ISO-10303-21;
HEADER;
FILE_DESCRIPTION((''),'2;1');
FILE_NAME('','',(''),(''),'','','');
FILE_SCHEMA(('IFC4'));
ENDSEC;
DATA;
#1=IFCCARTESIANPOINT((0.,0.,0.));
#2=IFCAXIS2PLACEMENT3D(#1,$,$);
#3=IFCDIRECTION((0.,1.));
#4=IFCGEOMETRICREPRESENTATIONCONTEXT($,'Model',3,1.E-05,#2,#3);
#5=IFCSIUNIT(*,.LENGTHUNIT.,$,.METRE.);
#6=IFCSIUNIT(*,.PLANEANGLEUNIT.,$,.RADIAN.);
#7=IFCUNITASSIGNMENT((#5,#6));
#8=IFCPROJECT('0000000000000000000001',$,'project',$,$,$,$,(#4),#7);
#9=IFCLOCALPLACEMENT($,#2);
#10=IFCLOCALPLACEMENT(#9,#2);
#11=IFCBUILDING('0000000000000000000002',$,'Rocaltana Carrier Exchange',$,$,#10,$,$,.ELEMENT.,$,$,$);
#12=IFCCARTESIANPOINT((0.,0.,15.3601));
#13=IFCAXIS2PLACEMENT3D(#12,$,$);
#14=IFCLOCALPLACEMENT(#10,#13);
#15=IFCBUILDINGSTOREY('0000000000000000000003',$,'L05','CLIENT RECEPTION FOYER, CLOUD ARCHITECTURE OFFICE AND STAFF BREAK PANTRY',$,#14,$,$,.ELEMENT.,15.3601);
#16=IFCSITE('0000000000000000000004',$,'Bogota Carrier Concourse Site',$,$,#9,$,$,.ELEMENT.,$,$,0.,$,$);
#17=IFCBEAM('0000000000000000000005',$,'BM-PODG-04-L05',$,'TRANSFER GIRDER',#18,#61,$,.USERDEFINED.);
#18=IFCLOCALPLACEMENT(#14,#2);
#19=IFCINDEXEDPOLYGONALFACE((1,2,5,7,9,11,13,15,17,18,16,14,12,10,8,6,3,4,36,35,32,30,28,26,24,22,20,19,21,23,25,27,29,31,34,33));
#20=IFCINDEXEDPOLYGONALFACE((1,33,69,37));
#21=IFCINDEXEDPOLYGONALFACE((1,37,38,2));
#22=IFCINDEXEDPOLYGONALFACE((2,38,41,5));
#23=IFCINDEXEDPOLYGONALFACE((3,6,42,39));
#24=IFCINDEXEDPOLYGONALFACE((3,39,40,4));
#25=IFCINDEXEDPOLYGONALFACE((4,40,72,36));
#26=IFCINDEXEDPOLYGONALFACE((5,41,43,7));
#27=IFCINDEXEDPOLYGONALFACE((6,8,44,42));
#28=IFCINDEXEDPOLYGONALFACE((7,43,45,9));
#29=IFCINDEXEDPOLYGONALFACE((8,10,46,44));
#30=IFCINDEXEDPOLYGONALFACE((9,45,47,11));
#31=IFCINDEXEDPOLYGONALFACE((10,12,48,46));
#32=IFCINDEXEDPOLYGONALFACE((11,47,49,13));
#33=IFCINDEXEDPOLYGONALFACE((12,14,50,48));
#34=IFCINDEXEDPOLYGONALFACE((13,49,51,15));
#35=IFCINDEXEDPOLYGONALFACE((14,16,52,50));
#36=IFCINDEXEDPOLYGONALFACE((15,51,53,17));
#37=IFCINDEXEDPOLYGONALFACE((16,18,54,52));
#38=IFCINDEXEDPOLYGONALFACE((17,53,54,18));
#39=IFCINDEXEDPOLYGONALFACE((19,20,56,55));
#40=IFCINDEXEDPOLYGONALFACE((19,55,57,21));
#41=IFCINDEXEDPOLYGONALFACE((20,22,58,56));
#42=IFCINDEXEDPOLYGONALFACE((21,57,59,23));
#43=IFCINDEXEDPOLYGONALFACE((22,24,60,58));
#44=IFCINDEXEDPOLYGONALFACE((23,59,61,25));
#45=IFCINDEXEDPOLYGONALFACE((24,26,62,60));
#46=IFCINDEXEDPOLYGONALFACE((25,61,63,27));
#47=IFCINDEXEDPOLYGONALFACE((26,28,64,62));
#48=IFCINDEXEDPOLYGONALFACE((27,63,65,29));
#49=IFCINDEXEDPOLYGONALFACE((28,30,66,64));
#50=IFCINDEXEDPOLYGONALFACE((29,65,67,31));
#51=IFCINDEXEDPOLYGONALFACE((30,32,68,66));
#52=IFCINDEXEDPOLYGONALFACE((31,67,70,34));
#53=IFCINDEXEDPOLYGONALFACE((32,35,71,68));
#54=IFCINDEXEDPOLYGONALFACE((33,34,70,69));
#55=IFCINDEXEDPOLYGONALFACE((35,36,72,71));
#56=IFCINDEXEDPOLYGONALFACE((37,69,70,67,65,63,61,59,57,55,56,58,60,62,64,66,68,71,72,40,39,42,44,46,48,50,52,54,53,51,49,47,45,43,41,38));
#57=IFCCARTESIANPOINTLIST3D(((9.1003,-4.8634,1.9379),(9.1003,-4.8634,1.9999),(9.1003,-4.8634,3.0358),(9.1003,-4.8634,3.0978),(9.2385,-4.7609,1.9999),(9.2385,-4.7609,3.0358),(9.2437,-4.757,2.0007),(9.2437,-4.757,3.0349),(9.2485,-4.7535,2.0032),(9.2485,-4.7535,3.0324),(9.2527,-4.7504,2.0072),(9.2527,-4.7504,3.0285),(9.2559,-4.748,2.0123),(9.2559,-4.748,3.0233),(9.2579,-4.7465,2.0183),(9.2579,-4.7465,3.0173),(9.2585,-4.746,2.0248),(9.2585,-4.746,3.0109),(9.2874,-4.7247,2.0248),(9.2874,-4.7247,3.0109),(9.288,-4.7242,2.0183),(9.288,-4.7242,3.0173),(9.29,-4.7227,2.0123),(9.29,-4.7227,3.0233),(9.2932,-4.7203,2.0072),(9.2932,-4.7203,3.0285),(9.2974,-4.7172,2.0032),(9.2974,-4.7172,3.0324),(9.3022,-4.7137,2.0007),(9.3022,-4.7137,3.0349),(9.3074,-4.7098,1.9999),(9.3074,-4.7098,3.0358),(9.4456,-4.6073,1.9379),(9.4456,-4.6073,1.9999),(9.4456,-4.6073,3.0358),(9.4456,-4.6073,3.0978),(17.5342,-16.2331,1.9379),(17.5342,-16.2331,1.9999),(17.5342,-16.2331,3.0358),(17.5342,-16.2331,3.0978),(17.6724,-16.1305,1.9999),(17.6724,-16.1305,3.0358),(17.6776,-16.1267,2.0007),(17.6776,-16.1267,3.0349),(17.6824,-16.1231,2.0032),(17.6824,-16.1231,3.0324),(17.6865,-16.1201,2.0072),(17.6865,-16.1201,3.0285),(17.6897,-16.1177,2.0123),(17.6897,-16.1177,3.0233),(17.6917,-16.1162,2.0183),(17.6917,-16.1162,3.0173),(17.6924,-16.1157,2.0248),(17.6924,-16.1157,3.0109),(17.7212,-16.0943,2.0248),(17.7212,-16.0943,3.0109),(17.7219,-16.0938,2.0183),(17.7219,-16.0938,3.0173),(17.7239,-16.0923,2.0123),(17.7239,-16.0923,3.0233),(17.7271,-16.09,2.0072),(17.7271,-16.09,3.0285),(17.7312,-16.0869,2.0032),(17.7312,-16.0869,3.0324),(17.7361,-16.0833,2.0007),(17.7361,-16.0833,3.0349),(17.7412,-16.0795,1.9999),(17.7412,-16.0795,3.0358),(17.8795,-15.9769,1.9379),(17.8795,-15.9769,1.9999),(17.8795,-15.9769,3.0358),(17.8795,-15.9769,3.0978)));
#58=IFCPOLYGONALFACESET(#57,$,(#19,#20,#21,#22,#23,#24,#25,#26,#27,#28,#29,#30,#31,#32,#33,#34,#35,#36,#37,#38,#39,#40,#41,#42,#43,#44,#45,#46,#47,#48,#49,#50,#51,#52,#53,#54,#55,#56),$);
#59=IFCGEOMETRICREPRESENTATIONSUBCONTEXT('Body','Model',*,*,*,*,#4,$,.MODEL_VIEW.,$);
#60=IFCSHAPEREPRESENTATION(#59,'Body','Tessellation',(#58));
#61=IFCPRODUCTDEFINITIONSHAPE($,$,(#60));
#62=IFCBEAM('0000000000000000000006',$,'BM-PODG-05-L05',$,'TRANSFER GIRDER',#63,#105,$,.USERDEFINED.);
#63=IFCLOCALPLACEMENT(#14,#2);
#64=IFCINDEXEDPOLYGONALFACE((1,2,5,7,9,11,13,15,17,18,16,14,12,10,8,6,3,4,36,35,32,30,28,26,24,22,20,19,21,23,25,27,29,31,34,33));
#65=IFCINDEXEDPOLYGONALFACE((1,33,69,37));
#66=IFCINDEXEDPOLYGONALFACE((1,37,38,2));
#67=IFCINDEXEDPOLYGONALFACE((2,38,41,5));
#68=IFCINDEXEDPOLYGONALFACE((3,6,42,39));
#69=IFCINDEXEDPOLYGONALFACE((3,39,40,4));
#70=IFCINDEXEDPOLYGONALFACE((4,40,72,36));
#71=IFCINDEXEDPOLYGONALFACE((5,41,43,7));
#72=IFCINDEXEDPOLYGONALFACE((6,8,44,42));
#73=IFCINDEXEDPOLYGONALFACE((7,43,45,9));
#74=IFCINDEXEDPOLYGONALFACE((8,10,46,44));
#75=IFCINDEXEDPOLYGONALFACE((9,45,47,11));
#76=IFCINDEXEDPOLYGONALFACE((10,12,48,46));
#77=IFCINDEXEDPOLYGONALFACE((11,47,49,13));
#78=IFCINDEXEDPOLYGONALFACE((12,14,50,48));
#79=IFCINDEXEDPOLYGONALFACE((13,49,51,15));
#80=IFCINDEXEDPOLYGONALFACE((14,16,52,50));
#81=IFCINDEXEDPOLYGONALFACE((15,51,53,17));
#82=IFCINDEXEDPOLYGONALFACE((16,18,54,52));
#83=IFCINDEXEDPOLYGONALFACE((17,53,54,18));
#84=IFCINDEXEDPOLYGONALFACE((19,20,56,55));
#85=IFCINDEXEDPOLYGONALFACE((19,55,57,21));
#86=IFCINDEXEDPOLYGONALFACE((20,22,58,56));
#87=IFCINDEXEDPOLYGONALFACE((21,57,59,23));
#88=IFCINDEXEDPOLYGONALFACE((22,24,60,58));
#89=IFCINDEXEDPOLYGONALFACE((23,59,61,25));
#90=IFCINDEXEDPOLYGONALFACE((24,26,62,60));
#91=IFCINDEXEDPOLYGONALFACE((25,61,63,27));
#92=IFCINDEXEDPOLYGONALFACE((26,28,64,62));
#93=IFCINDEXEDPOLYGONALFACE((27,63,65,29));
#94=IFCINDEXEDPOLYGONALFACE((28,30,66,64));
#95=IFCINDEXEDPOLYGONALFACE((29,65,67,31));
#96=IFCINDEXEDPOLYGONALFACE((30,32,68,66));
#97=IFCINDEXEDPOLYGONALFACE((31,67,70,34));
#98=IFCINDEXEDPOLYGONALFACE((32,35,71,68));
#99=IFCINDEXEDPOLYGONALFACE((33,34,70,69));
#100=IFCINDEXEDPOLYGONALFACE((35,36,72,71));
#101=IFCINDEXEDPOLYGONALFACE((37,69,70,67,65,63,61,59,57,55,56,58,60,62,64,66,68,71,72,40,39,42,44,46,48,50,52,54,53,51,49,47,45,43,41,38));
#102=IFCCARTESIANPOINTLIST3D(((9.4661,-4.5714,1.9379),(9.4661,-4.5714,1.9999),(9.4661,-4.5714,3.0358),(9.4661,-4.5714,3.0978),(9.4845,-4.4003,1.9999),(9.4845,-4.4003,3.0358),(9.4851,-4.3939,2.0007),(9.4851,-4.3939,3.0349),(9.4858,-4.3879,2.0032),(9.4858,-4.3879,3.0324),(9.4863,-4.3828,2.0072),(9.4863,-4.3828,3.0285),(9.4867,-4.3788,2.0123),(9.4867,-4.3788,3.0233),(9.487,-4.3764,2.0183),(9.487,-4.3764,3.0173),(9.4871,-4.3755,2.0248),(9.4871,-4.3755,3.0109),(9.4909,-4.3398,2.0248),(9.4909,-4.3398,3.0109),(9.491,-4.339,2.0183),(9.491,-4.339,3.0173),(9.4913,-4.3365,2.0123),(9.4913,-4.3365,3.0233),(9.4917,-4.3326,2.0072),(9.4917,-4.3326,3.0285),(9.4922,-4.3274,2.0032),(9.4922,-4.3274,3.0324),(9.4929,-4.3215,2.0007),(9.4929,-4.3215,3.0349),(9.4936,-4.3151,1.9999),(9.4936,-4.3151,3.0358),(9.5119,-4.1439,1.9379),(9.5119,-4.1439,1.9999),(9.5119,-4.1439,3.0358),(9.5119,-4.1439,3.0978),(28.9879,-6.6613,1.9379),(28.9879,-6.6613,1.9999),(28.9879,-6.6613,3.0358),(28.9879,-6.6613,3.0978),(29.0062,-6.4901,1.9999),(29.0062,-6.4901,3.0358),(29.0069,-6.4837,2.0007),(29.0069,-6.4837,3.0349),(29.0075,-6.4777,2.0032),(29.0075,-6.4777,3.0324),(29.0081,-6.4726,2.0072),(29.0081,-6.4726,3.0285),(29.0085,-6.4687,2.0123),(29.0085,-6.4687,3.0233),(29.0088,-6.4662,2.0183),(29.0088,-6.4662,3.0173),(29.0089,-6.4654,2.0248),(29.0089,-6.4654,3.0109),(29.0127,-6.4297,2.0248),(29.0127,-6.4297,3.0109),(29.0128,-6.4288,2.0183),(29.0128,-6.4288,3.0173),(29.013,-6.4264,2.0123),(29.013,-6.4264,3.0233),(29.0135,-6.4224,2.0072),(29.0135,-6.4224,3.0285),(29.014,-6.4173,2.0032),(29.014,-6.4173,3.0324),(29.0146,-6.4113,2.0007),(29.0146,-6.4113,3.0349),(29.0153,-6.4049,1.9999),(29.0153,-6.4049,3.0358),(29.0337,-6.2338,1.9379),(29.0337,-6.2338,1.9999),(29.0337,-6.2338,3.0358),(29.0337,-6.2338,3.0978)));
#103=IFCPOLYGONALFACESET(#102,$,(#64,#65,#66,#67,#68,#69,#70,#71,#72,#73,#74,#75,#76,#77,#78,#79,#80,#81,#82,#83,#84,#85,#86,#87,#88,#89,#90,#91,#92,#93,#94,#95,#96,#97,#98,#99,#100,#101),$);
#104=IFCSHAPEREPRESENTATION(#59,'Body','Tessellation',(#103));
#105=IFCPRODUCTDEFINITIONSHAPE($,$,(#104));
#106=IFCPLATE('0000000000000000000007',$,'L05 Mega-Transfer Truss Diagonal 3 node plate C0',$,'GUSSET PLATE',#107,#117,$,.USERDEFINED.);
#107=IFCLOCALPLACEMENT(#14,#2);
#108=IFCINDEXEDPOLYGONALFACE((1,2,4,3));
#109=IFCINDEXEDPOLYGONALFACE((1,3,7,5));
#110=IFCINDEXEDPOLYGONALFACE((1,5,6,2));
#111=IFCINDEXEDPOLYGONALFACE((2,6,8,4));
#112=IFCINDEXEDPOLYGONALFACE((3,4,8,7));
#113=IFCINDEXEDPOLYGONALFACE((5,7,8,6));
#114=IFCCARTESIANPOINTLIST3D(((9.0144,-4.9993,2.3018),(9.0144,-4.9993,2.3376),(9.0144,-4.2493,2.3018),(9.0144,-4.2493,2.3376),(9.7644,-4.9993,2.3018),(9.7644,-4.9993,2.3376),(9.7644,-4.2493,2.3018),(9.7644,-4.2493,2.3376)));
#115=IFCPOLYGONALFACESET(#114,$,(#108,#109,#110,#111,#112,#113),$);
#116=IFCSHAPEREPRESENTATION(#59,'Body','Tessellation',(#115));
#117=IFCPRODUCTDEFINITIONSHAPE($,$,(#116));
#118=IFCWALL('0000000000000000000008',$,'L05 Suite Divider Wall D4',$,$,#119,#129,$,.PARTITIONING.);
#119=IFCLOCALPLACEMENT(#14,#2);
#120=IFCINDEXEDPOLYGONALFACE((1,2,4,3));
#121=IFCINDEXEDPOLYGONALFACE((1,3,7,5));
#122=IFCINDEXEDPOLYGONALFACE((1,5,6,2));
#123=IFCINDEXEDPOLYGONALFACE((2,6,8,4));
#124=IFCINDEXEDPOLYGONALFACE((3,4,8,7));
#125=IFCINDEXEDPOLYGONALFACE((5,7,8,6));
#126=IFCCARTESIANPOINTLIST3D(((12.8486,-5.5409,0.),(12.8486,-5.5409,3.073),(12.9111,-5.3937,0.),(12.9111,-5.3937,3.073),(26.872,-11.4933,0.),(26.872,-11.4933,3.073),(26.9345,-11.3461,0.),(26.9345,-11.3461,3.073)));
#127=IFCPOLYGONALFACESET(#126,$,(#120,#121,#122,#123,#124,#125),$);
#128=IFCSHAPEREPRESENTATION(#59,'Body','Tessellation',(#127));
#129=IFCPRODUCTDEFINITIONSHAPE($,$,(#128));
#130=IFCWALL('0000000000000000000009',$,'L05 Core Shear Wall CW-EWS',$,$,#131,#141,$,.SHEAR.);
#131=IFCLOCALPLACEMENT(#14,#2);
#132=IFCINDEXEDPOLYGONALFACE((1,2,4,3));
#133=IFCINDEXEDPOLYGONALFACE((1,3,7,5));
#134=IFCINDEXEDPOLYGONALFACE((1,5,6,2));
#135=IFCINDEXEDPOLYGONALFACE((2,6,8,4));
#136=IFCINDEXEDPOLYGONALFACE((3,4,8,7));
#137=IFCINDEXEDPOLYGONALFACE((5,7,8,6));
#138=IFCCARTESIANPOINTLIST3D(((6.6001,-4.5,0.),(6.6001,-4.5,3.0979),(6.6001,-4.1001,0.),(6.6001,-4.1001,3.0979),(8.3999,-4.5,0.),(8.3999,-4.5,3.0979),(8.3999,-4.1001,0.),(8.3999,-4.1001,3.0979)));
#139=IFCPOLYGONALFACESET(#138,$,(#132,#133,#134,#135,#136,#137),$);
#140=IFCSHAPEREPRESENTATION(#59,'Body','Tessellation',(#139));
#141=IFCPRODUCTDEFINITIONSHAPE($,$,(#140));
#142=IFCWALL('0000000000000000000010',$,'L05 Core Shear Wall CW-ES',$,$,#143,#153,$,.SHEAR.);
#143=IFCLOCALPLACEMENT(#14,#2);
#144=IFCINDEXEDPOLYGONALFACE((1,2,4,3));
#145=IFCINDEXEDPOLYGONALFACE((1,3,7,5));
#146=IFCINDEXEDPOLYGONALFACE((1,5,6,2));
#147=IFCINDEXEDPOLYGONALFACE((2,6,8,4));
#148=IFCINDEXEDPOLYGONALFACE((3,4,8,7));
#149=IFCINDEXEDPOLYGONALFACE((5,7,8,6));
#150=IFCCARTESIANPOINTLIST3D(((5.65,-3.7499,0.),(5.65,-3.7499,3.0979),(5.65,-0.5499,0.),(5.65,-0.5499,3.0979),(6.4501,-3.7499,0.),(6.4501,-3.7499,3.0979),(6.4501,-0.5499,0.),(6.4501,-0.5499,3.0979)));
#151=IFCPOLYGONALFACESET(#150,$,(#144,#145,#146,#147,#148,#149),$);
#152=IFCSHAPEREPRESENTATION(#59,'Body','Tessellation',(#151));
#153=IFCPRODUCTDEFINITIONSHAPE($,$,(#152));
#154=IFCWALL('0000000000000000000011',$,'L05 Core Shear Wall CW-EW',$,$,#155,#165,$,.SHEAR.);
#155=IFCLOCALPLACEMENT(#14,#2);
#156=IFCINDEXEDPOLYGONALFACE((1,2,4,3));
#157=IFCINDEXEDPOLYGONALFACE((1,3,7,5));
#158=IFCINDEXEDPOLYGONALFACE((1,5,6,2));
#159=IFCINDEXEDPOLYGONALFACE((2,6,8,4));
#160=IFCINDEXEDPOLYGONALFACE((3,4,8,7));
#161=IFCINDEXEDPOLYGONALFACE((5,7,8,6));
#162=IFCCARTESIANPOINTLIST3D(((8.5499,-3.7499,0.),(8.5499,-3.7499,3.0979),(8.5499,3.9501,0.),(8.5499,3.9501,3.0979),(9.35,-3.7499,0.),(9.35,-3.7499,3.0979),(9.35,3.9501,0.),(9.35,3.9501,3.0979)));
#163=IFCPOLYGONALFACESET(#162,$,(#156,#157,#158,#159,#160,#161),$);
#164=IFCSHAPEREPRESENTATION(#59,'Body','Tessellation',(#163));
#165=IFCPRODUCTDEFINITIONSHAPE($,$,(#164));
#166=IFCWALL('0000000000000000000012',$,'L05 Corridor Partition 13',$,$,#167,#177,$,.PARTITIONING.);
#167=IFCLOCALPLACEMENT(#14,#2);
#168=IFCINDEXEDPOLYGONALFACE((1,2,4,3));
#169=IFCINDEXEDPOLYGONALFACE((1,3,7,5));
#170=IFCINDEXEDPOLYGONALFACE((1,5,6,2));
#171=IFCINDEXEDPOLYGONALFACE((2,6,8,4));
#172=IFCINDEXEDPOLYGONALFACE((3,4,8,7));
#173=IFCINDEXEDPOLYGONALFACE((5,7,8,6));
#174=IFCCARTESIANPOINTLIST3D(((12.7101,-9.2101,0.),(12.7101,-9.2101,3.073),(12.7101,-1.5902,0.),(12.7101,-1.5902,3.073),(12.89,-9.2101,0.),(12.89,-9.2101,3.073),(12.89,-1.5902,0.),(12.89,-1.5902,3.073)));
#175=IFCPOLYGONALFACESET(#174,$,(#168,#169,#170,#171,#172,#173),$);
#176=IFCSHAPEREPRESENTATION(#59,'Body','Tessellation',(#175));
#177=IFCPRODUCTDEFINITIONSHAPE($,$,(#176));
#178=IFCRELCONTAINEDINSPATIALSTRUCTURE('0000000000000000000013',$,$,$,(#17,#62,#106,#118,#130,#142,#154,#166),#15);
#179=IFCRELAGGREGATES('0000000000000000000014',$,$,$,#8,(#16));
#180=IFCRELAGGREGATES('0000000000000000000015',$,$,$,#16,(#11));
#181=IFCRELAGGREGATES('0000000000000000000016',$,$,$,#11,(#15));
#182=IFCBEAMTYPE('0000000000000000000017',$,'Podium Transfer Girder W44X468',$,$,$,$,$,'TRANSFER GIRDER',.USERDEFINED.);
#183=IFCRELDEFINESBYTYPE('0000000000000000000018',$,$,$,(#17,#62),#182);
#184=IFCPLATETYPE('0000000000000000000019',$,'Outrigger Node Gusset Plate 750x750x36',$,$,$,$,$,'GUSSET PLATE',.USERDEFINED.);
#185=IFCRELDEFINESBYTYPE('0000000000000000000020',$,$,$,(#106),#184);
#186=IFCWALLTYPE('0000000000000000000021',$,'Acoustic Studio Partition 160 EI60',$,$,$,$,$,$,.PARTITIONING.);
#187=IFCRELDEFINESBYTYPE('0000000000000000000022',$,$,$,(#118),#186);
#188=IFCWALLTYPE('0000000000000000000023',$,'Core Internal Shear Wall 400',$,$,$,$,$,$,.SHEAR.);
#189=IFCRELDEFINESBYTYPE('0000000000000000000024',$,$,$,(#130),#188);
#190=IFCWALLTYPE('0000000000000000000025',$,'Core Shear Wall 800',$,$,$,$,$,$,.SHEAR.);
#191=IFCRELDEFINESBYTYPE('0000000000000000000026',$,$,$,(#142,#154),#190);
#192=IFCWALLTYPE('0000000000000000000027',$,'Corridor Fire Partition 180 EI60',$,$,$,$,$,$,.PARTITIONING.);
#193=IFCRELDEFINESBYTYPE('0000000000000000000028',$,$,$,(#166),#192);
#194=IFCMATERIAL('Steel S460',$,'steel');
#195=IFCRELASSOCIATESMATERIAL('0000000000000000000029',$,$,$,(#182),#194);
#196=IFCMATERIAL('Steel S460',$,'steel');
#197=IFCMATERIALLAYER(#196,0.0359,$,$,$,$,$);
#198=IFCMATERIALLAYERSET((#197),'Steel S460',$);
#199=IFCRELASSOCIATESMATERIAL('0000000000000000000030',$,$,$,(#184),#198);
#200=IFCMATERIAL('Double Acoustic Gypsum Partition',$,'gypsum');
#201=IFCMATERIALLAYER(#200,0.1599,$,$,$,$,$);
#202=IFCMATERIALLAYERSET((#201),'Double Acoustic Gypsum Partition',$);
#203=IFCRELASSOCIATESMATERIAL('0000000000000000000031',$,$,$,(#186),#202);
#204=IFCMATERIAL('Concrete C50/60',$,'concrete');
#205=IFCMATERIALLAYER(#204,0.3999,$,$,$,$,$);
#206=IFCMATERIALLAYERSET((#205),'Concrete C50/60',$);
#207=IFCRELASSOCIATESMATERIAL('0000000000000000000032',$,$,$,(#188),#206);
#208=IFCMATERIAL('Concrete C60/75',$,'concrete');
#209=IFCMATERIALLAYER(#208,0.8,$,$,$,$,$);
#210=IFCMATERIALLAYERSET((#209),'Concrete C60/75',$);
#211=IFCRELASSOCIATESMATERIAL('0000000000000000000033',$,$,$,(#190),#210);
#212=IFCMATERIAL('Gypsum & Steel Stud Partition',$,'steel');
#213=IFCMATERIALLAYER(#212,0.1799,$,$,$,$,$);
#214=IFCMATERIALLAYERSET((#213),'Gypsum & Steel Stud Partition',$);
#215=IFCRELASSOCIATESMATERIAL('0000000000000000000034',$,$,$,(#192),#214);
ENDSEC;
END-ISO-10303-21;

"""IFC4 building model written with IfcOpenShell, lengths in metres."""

from ifc_helpers import new_model, si_unit, direction, frame, frame_2d, origin, origin_2d, place, context, subcontext, project, spatial, rectangle, i_section, extrude, material, layer, layer_set, material_profile, profile_set, type_object, element, save


model = new_model("IFC4")

# Units and contexts
model_context = context("Model", 3, precision=1e-05, world=origin(), true_north=direction((0.0, 1.0)))
body_context = subcontext(model_context, "Body", "Model", "MODEL_VIEW")
ifc_project = project(units=[si_unit("LENGTHUNIT", "METRE"), si_unit("PLANEANGLEUNIT", "RADIAN")], contexts=[model_context])

# Site, building, storey
site_placement = place(None, origin())
site = spatial("IfcSite", under=ifc_project, at=site_placement, Name="Bogota Carrier Concourse Site", CompositionType="ELEMENT", RefElevation=0.0)
building_placement = place(site_placement, origin())
building = spatial("IfcBuilding", under=site, at=building_placement, Name="Rocaltana Carrier Exchange", CompositionType="ELEMENT")
storey_placement = place(building_placement, frame((0.0, 0.0, 15.3601)))
storey = spatial("IfcBuildingStorey", under=building, at=storey_placement, Name="L05", Description="CLIENT RECEPTION FOYER, CLOUD ARCHITECTURE OFFICE AND STAFF BREAK PANTRY", CompositionType="ELEMENT", Elevation=15.3601)

# Beams
ifc_material_1 = material(Name="Steel S460", Category="steel")
ifc_material_profile_1 = material_profile(ifc_material_1, i_section(OverallWidth=0.4299, OverallDepth=1.1599, WebThickness=0.0359, FlangeThickness=0.062, FilletRadius=0.0249, at=origin_2d()), Name="W44X468")
ifc_profile_set_1 = profile_set([ifc_material_profile_1], Name="Steel S460")
beam_type_1 = type_object("IfcBeamType", Name="Podium Transfer Girder W44X468", ElementType="TRANSFER GIRDER", PredefinedType="USERDEFINED", material=ifc_profile_set_1)
beam_1_placement = place(storey_placement, frame((9.2729, -4.7354, 2.5178), z_axis=(0.59577, -0.803155, 0.0), x_axis=(0.803155, 0.59577, 0.0)))
element("IfcBeam", 1, at=beam_1_placement, inside=storey, type_object=beam_type_1, Name="BM-PODG-04-L05", ObjectType="TRANSFER GIRDER", PredefinedType="USERDEFINED", context=body_context, shape_type="SweptSolid", body=[
    extrude(i_section(OverallWidth=0.4299, OverallDepth=1.1599, WebThickness=0.0359, FlangeThickness=0.062, FilletRadius=0.0249, at=origin_2d()), origin(), (0.0, 0.0, 1.0), 14.1562),
])
beam_2_placement = place(storey_placement, frame((9.489, -4.3577, 2.5178), z_axis=(0.994319, -0.106444, 0.0), x_axis=(0.106444, 0.994319, 0.0)))
element("IfcBeam", 2, at=beam_2_placement, inside=storey, type_object=beam_type_1, Name="BM-PODG-05-L05", ObjectType="TRANSFER GIRDER", PredefinedType="USERDEFINED", context=body_context, shape_type="SweptSolid", body=[
    extrude(i_section(OverallWidth=0.4299, OverallDepth=1.1599, WebThickness=0.0359, FlangeThickness=0.062, FilletRadius=0.0249, at=origin_2d()), origin(), (0.0, 0.0, 1.0), 19.6333),
])

# Plate
ifc_material_2 = material(Name="Steel S460", Category="steel")
ifc_layer_1 = layer(ifc_material_2, 0.0359)
ifc_layer_set_1 = layer_set([ifc_layer_1], Name="Steel S460")
plate_type = type_object("IfcPlateType", Name="Outrigger Node Gusset Plate 750x750x36", ElementType="GUSSET PLATE", PredefinedType="USERDEFINED", material=ifc_layer_set_1)
plate_placement = place(storey_placement, frame((9.3894, -4.6243, 2.3018), z_axis=(0.0, 0.0, 1.0), x_axis=(1.0, 0.0, 0.0)))
element("IfcPlate", 3, at=plate_placement, inside=storey, type_object=plate_type, Name="L05 Mega-Transfer Truss Diagonal 3 node plate C0", ObjectType="GUSSET PLATE", PredefinedType="USERDEFINED", context=body_context, shape_type="SweptSolid", body=[
    extrude(rectangle(XDim=0.75, YDim=0.75, at=origin_2d()), origin(), (0.0, 0.0, 1.0), 0.0359),
])

# Walls
ifc_material_3 = material(Name="Double Acoustic Gypsum Partition", Category="gypsum")
ifc_layer_2 = layer(ifc_material_3, 0.1599)
ifc_layer_set_2 = layer_set([ifc_layer_2], Name="Double Acoustic Gypsum Partition")
wall_type_1 = type_object("IfcWallType", Name="Acoustic Studio Partition 160 EI60", PredefinedType="PARTITIONING", material=ifc_layer_set_2)
wall_1_placement = place(storey_placement, frame((12.8799, -5.4673, 0.0), z_axis=(0.0, 0.0, 1.0), x_axis=(0.92051, -0.39072, 0.0)))
element("IfcWall", 4, at=wall_1_placement, inside=storey, type_object=wall_type_1, Name="L05 Suite Divider Wall D4", PredefinedType="PARTITIONING", context=body_context, shape_type="SweptSolid", body=[
    extrude(rectangle(XDim=15.2344, YDim=0.1599, at=frame_2d((7.6172, 0.0))), origin(), (0.0, 0.0, 1.0), 3.073),
])
ifc_material_4 = material(Name="Concrete C50/60", Category="concrete")
ifc_layer_3 = layer(ifc_material_4, 0.3999)
ifc_layer_set_3 = layer_set([ifc_layer_3], Name="Concrete C50/60")
wall_type_2 = type_object("IfcWallType", Name="Core Internal Shear Wall 400", PredefinedType="SHEAR", material=ifc_layer_set_3)
wall_2_placement = place(storey_placement, frame((6.6001, -4.3, 0.0), z_axis=(0.0, 0.0, 1.0), x_axis=(1.0, 0.0, 0.0)))
element("IfcWall", 5, at=wall_2_placement, inside=storey, type_object=wall_type_2, Name="L05 Core Shear Wall CW-EWS", PredefinedType="SHEAR", context=body_context, shape_type="SweptSolid", body=[
    extrude(rectangle(XDim=1.7998, YDim=0.3999, at=frame_2d((0.8999, 0.0))), origin(), (0.0, 0.0, 1.0), 3.0979),
])
ifc_material_5 = material(Name="Concrete C60/75", Category="concrete")
ifc_layer_4 = layer(ifc_material_5, 0.8)
ifc_layer_set_4 = layer_set([ifc_layer_4], Name="Concrete C60/75")
wall_type_3 = type_object("IfcWallType", Name="Core Shear Wall 800", PredefinedType="SHEAR", material=ifc_layer_set_4)
wall_3_placement = place(storey_placement, frame((6.05, -3.75, 0.0), z_axis=(0.0, 0.0, 1.0), x_axis=(0.0, 1.0, 0.0)))
element("IfcWall", 6, at=wall_3_placement, inside=storey, type_object=wall_type_3, Name="L05 Core Shear Wall CW-ES", PredefinedType="SHEAR", context=body_context, shape_type="SweptSolid", body=[
    extrude(rectangle(XDim=3.2, YDim=0.8, at=frame_2d((1.6001, 0.0))), origin(), (0.0, 0.0, 1.0), 3.0979),
])
wall_4_placement = place(storey_placement, frame((8.95, -3.75, 0.0), z_axis=(0.0, 0.0, 1.0), x_axis=(0.0, 1.0, 0.0)))
element("IfcWall", 7, at=wall_4_placement, inside=storey, type_object=wall_type_3, Name="L05 Core Shear Wall CW-EW", PredefinedType="SHEAR", context=body_context, shape_type="SweptSolid", body=[
    extrude(rectangle(XDim=7.7, YDim=0.8, at=frame_2d((3.8501, 0.0))), origin(), (0.0, 0.0, 1.0), 3.0979),
])
ifc_material_6 = material(Name="Gypsum & Steel Stud Partition", Category="steel")
ifc_layer_5 = layer(ifc_material_6, 0.1799)
ifc_layer_set_5 = layer_set([ifc_layer_5], Name="Gypsum & Steel Stud Partition")
wall_type_4 = type_object("IfcWallType", Name="Corridor Fire Partition 180 EI60", PredefinedType="PARTITIONING", material=ifc_layer_set_5)
wall_5_placement = place(storey_placement, frame((12.8, -1.5901, 0.0), z_axis=(0.0, 0.0, 1.0), x_axis=(0.0, -1.0, 0.0)))
element("IfcWall", 8, at=wall_5_placement, inside=storey, type_object=wall_type_4, Name="L05 Corridor Partition 13", PredefinedType="PARTITIONING", context=body_context, shape_type="SweptSolid", body=[
    extrude(rectangle(XDim=7.6199, YDim=0.1799, at=frame_2d((3.8101, 0.0))), origin(), (0.0, 0.0, 1.0), 3.073),
])

save(model, "model.ifc")
